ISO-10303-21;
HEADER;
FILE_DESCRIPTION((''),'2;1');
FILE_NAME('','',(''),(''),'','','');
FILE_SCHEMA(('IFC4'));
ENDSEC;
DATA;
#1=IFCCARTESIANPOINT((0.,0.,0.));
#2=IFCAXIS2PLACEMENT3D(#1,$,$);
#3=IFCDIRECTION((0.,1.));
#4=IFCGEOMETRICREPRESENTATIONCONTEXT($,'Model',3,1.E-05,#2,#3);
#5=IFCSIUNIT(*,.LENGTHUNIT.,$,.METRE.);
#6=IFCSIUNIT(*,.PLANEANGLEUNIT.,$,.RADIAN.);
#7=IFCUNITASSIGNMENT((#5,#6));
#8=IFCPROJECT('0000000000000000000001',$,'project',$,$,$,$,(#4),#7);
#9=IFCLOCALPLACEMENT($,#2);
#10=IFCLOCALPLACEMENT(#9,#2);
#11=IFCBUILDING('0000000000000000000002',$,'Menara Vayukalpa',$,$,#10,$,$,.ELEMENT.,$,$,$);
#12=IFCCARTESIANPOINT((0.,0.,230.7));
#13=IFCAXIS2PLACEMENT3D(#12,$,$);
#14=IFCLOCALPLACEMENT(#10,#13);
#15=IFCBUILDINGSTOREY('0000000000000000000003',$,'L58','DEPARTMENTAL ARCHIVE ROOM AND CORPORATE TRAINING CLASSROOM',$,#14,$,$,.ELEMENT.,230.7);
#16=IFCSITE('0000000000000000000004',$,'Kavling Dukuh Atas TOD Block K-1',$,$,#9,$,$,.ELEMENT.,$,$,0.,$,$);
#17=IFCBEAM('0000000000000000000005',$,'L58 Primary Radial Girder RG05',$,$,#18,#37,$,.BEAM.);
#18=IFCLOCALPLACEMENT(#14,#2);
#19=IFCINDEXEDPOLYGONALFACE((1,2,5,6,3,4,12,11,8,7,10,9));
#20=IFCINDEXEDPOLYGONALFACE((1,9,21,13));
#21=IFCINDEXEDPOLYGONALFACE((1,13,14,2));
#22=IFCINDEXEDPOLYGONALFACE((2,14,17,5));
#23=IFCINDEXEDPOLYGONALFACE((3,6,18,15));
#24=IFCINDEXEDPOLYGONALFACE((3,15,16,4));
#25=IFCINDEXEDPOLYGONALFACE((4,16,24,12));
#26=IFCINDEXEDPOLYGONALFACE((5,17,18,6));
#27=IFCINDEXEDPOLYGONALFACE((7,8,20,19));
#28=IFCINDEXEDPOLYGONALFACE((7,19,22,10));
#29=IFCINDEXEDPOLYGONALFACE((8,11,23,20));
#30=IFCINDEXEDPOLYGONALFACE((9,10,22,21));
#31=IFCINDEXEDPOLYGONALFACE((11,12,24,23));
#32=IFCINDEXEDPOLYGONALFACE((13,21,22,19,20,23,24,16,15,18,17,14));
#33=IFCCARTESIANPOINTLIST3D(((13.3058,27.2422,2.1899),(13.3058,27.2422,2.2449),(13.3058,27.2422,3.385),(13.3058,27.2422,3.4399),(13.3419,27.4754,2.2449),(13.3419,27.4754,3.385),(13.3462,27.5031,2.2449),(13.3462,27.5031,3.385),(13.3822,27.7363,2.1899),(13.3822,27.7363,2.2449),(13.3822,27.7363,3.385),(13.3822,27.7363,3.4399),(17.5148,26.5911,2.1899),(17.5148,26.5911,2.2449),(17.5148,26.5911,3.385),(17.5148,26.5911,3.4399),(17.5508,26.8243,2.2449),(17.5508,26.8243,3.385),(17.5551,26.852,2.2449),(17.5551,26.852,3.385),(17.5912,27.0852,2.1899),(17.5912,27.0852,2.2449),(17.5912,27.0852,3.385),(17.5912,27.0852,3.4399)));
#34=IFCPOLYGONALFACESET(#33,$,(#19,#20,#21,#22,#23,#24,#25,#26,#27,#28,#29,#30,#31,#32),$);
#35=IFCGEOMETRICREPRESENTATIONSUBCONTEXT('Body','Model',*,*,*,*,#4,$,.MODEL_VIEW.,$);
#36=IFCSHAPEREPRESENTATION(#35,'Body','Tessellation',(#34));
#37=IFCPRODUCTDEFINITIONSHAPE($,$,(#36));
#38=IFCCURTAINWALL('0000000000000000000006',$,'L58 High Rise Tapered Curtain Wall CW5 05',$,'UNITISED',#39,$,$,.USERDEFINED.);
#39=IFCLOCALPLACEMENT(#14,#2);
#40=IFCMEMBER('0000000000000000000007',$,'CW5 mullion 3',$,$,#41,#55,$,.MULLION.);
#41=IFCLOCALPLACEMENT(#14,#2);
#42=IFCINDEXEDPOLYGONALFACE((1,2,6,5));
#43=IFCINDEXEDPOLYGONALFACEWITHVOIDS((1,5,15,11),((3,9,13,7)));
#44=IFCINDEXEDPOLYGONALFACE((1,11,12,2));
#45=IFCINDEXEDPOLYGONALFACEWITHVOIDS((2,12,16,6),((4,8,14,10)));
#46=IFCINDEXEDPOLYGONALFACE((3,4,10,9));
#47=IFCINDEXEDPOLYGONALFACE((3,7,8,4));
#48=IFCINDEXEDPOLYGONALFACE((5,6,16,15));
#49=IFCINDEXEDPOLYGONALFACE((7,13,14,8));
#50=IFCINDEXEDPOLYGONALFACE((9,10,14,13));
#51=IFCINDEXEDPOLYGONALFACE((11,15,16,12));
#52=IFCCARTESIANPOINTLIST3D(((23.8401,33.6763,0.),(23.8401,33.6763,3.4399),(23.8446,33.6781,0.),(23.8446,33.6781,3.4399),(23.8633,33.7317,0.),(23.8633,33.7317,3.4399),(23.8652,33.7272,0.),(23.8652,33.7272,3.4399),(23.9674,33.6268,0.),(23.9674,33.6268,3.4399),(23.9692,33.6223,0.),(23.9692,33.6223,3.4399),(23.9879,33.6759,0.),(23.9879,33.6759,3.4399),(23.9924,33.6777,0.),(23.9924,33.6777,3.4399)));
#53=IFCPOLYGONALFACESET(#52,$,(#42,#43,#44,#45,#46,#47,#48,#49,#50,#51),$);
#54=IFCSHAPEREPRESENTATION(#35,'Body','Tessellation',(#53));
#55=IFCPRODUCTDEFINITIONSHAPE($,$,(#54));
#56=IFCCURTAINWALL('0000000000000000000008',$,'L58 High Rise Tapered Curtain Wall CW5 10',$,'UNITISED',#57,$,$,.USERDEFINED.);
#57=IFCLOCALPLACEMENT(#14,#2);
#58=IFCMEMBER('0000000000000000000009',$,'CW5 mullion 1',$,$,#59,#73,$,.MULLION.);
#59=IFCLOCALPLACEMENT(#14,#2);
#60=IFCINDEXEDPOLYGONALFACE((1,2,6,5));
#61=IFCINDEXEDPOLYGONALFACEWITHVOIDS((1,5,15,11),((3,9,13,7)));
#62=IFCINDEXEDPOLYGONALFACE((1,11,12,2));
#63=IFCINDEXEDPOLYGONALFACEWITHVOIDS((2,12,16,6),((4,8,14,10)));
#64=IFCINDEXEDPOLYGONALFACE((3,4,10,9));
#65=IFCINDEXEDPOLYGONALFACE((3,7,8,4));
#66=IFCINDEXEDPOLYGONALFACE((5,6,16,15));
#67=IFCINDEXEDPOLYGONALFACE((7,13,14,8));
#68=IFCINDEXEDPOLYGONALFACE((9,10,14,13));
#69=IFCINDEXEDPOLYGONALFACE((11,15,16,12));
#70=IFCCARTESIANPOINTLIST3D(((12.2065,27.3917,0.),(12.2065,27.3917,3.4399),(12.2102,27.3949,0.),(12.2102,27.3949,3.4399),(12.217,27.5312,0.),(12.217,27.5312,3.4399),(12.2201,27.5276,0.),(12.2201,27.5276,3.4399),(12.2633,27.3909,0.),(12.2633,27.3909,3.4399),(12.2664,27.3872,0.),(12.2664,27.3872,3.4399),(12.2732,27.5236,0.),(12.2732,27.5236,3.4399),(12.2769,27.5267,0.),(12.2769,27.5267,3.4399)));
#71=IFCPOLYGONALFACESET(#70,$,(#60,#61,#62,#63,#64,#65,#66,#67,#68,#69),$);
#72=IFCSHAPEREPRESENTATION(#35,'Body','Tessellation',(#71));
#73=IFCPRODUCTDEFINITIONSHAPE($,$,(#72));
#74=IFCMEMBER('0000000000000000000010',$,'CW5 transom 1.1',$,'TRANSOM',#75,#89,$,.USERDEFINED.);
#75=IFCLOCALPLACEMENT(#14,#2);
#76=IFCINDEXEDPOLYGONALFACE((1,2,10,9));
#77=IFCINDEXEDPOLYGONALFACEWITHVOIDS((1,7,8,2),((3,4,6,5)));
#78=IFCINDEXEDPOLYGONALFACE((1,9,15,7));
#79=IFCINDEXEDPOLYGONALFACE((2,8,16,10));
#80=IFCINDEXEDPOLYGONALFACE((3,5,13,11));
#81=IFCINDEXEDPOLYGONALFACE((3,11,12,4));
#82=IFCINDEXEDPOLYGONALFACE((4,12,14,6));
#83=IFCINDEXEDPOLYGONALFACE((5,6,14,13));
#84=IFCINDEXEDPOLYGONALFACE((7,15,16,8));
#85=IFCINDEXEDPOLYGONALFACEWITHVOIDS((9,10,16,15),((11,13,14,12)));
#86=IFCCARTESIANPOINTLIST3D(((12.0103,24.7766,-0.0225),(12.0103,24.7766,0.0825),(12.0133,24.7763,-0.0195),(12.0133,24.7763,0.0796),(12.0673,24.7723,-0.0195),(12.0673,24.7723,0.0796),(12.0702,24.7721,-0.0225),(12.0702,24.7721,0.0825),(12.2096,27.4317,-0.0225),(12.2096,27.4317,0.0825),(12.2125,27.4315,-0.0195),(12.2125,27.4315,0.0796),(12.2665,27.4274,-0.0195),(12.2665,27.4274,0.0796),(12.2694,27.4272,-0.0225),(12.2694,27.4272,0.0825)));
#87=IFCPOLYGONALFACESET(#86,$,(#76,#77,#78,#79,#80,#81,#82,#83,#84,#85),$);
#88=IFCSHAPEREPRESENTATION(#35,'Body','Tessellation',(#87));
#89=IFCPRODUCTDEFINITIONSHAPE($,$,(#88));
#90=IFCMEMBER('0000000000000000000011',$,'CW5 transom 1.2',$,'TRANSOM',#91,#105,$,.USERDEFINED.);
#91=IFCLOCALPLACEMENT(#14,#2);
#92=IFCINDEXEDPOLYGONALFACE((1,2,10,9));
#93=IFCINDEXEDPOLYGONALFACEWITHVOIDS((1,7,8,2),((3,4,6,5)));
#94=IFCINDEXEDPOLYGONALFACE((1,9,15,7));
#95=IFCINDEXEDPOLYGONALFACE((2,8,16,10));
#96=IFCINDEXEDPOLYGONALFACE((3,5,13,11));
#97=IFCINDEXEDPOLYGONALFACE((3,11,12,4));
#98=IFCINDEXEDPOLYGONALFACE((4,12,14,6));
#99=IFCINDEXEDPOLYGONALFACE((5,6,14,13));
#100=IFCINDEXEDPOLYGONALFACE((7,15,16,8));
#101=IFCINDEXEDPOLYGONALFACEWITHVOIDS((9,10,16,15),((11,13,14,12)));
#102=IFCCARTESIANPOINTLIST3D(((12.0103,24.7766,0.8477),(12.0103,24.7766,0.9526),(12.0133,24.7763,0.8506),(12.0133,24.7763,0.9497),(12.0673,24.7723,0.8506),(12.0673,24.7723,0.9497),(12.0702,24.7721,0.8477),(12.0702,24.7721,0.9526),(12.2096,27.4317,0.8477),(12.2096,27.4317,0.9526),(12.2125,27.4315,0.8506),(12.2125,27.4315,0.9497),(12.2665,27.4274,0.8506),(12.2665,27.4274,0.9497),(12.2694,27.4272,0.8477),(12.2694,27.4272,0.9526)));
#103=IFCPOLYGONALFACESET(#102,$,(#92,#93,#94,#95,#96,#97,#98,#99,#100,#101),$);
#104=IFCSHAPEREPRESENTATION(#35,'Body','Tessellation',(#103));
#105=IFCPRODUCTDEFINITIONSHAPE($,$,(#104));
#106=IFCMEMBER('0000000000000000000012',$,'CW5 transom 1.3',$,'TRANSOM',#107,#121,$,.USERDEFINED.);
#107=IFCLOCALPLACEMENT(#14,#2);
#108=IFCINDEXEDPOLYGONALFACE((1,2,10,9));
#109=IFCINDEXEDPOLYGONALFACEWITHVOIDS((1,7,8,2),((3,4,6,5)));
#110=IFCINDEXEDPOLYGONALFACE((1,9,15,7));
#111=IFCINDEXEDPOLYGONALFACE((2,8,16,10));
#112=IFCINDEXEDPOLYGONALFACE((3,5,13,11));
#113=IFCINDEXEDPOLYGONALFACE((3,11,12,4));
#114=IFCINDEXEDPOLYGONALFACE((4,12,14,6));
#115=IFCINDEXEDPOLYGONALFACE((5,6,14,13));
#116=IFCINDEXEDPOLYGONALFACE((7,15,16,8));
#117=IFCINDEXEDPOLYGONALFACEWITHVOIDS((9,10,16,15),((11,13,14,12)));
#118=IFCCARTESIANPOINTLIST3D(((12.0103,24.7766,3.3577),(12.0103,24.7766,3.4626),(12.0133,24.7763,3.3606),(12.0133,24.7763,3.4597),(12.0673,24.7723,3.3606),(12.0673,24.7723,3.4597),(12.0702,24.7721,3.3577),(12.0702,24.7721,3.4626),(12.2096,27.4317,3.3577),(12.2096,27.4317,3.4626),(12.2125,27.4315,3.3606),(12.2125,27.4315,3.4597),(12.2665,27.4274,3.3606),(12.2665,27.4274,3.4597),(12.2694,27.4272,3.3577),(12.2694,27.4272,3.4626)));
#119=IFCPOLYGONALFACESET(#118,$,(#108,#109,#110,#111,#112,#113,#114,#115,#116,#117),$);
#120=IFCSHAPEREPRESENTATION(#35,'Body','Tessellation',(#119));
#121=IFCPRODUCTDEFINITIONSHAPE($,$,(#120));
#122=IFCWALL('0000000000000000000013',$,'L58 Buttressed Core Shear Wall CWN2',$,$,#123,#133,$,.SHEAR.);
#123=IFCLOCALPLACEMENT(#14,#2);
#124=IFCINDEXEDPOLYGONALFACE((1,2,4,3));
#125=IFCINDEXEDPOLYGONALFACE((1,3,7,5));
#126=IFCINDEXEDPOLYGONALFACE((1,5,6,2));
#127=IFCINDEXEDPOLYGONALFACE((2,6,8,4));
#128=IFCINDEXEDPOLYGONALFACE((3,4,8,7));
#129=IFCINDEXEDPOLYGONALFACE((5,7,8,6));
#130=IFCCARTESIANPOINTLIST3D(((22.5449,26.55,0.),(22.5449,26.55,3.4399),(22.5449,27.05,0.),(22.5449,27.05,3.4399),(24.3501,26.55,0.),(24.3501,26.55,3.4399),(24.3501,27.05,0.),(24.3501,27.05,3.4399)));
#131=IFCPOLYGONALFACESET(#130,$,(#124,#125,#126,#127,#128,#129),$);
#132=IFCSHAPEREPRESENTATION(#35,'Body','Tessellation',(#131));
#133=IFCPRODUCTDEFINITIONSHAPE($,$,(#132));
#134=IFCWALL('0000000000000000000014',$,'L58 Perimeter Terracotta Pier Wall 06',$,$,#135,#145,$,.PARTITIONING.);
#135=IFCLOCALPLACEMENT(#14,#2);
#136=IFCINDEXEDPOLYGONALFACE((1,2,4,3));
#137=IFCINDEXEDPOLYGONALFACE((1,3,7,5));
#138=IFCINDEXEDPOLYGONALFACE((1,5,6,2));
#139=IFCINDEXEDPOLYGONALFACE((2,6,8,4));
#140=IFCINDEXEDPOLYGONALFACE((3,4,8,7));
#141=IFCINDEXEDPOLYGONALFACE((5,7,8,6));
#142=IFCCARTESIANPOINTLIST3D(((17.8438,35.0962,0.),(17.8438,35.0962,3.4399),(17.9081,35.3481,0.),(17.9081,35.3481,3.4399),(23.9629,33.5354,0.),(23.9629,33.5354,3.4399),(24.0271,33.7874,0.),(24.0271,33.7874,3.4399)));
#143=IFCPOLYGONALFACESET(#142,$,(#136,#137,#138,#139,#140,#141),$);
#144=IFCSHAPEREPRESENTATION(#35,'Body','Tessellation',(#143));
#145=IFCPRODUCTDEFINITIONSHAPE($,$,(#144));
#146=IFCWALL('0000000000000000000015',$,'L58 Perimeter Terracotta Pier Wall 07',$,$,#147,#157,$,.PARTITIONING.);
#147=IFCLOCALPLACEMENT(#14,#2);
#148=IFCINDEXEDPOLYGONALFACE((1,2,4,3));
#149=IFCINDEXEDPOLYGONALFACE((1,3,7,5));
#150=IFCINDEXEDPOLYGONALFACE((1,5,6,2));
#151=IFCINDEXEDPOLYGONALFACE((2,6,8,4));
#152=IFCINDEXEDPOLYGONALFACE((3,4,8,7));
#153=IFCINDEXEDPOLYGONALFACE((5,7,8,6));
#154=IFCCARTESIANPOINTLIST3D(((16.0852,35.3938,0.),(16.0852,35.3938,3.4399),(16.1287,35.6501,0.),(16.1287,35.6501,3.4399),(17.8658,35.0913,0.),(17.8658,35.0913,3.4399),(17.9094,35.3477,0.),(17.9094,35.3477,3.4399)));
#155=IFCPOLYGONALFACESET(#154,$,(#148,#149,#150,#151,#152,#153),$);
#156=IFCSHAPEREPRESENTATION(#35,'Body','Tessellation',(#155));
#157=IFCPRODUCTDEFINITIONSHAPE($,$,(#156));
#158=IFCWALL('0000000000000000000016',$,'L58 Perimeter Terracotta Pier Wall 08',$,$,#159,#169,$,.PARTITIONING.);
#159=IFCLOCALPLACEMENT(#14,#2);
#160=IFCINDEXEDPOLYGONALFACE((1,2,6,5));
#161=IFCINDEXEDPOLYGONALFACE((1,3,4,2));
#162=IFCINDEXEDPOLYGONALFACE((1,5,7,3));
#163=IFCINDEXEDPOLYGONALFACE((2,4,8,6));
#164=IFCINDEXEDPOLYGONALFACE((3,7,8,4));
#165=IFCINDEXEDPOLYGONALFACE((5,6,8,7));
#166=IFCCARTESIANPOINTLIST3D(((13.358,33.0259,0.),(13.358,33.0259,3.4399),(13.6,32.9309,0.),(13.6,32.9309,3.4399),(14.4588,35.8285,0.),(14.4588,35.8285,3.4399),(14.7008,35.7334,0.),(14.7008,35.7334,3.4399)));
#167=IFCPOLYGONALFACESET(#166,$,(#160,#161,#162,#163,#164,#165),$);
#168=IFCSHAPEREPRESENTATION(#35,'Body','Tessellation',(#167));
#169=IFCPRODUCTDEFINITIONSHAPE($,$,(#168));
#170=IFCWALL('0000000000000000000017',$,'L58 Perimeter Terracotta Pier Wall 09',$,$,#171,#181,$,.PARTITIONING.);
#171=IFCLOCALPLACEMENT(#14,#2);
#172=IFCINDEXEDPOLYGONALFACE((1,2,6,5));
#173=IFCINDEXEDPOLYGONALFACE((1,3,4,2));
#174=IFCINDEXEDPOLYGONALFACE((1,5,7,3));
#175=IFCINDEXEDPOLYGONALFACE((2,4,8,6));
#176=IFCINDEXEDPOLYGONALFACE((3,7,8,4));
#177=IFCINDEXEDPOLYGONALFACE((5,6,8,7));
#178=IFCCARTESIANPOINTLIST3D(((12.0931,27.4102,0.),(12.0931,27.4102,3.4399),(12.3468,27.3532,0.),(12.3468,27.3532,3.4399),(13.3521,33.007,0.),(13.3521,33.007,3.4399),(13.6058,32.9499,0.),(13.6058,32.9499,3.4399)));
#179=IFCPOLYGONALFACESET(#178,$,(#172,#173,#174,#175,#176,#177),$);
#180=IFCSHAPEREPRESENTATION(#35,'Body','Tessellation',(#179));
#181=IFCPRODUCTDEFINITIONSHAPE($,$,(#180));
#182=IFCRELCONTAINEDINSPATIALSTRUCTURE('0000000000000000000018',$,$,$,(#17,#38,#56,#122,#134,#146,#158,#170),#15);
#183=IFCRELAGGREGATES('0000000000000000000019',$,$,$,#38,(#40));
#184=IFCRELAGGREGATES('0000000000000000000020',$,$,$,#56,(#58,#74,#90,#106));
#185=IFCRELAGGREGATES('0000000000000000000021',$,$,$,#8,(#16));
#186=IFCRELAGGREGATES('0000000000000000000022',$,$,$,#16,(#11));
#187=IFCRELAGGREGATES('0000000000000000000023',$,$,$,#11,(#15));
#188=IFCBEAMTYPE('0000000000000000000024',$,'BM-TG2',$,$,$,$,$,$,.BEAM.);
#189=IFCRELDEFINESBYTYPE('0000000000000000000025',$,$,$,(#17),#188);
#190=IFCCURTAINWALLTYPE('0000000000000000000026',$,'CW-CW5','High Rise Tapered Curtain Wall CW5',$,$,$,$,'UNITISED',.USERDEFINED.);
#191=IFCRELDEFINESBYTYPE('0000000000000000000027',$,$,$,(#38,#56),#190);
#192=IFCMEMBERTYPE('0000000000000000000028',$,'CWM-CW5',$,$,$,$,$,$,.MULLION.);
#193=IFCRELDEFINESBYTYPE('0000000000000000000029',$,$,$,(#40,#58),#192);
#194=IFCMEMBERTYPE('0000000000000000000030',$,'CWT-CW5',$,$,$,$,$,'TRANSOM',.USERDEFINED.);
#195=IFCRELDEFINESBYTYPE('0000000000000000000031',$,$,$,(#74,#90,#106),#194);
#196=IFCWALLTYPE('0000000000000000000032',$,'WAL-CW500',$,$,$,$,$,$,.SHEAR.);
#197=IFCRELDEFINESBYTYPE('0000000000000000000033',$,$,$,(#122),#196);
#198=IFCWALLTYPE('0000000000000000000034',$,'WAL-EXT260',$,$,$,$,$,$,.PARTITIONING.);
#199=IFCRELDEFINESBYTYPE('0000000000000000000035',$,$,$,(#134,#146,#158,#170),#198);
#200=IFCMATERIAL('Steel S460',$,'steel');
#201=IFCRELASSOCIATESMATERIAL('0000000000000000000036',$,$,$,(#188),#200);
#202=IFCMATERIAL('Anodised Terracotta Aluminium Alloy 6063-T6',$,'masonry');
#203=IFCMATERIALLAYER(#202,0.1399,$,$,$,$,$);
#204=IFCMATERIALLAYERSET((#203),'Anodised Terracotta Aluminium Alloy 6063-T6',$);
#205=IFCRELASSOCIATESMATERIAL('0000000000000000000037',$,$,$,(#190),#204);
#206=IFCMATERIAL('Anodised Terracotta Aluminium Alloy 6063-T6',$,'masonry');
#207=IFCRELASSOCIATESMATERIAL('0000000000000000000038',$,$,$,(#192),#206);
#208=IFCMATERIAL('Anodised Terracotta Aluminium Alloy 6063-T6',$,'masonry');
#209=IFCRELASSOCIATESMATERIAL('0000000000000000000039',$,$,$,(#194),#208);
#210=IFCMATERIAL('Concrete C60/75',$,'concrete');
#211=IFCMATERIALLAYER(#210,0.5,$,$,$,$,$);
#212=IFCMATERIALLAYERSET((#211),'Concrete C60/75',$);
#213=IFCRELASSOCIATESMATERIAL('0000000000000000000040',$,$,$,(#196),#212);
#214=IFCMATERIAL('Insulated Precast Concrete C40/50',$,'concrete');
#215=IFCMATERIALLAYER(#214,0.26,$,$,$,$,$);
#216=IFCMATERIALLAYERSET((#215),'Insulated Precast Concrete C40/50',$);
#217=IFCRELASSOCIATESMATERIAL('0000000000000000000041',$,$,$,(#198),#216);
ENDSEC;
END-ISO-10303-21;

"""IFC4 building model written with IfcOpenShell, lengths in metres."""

from ifc_helpers import new_model, si_unit, direction, frame, frame_2d, origin, origin_2d, place, context, subcontext, project, spatial, rectangle, hollow_rectangle, i_section, extrude, material, layer, layer_set, material_profile, profile_set, type_object, element, aggregate, save


model = new_model("IFC4")

# Units and contexts
model_context = context("Model", 3, precision=1e-05, world=origin(), true_north=direction((0.0, 1.0)))
body_context = subcontext(model_context, "Body", "Model", "MODEL_VIEW")
ifc_project = project(units=[si_unit("LENGTHUNIT", "METRE"), si_unit("PLANEANGLEUNIT", "RADIAN")], contexts=[model_context])

# Site, building, storey
site_placement = place(None, origin())
site = spatial("IfcSite", under=ifc_project, at=site_placement, Name="Kavling Dukuh Atas TOD Block K-1", CompositionType="ELEMENT", RefElevation=0.0)
building_placement = place(site_placement, origin())
building = spatial("IfcBuilding", under=site, at=building_placement, Name="Menara Vayukalpa", CompositionType="ELEMENT")
storey_placement = place(building_placement, frame((0.0, 0.0, 230.7)))
storey = spatial("IfcBuildingStorey", under=building, at=storey_placement, Name="L58", Description="DEPARTMENTAL ARCHIVE ROOM AND CORPORATE TRAINING CLASSROOM", CompositionType="ELEMENT", Elevation=230.7)

# Beam
ifc_material_1 = material(Name="Steel S460", Category="steel")
ifc_material_profile_1 = material_profile(ifc_material_1, i_section(OverallWidth=0.5, OverallDepth=1.25, WebThickness=0.0281, FlangeThickness=0.0549, at=origin_2d()), Name="WG 1250x500x28x55")
ifc_profile_set_1 = profile_set([ifc_material_profile_1], Name="Steel S460")
beam_type_1 = type_object("IfcBeamType", Name="BM-TG2", PredefinedType="BEAM", material=ifc_profile_set_1)
beam_1_placement = place(storey_placement, frame((17.553, 26.8381, 2.8149), z_axis=(-0.988245, 0.15288, 0.0), x_axis=(-0.15288, -0.988245, 0.0)))
element("IfcBeam", 1, at=beam_1_placement, inside=storey, type_object=beam_type_1, Name="L58 Primary Radial Girder RG05", PredefinedType="BEAM", context=body_context, shape_type="SweptSolid", body=[
    extrude(i_section(OverallWidth=0.5, OverallDepth=1.25, WebThickness=0.0281, FlangeThickness=0.0549, at=origin_2d()), origin(), (0.0, 0.0, 1.0), 4.259),
])

# Curtain wall, member
ifc_material_2 = material(Name="Anodised Terracotta Aluminium Alloy 6063-T6", Category="masonry")
ifc_layer_1 = layer(ifc_material_2, 0.1399)
ifc_layer_set_1 = layer_set([ifc_layer_1], Name="Anodised Terracotta Aluminium Alloy 6063-T6")
curtain_wall_type = type_object("IfcCurtainWallType", Name="CW-CW5", Description="High Rise Tapered Curtain Wall CW5", ElementType="UNITISED", PredefinedType="USERDEFINED", material=ifc_layer_set_1)
curtain_wall_1_placement = place(storey_placement, origin())
curtain_wall_1 = element("IfcCurtainWall", 2, at=curtain_wall_1_placement, inside=storey, type_object=curtain_wall_type, Name="L58 High Rise Tapered Curtain Wall CW5 05", ObjectType="UNITISED", PredefinedType="USERDEFINED")
ifc_material_3 = material(Name="Anodised Terracotta Aluminium Alloy 6063-T6", Category="masonry")
ifc_material_profile_2 = material_profile(ifc_material_3, hollow_rectangle(XDim=0.0601, YDim=0.1399, WallThickness=0.0034, at=origin_2d()), Name="ALU 60x140x3.5")
ifc_profile_set_2 = profile_set([ifc_material_profile_2], Name="Anodised Terracotta Aluminium Alloy 6063-T6")
member_type_1 = type_object("IfcMemberType", Name="CWM-CW5", PredefinedType="MULLION", material=ifc_profile_set_2)
member_1_placement = place(storey_placement, frame((23.9163, 33.677, 0.0), z_axis=(0.0, 0.0, 1.0), x_axis=(-0.385903, -0.922539, 0.0)))
member_1 = element("IfcMember", 3, at=member_1_placement, type_object=member_type_1, Name="CW5 mullion 3", PredefinedType="MULLION", context=body_context, shape_type="SweptSolid", body=[
    extrude(hollow_rectangle(XDim=0.0601, YDim=0.1399, WallThickness=0.0034, at=origin_2d()), origin(), (0.0, 0.0, 1.0), 3.4399),
])
aggregate(curtain_wall_1, [member_1])

# Curtain wall, members
curtain_wall_2_placement = place(storey_placement, origin())
curtain_wall_2 = element("IfcCurtainWall", 4, at=curtain_wall_2_placement, inside=storey, type_object=curtain_wall_type, Name="L58 High Rise Tapered Curtain Wall CW5 10", ObjectType="UNITISED", PredefinedType="USERDEFINED")
member_2_placement = place(storey_placement, frame((12.2417, 27.4592, 0.0), z_axis=(0.0, 0.0, 1.0), x_axis=(0.997199, -0.074792, 0.0)))
member_2 = element("IfcMember", 5, at=member_2_placement, type_object=member_type_1, Name="CW5 mullion 1", PredefinedType="MULLION", context=body_context, shape_type="SweptSolid", body=[
    extrude(hollow_rectangle(XDim=0.0601, YDim=0.1399, WallThickness=0.0034, at=origin_2d()), origin(), (0.0, 0.0, 1.0), 3.4399),
])
ifc_material_4 = material(Name="Anodised Terracotta Aluminium Alloy 6063-T6", Category="masonry")
ifc_material_profile_3 = material_profile(ifc_material_4, hollow_rectangle(XDim=0.0601, YDim=0.105, WallThickness=0.0029, at=origin_2d()), Name="ALU 60x105x3")
ifc_profile_set_3 = profile_set([ifc_material_profile_3], Name="Anodised Terracotta Aluminium Alloy 6063-T6")
member_type_2 = type_object("IfcMemberType", Name="CWT-CW5", ElementType="TRANSOM", PredefinedType="USERDEFINED", material=ifc_profile_set_3)
member_3_placement = place(storey_placement, frame((12.2395, 27.4294, 0.03), z_axis=(-0.074824, -0.997197, 0.0), x_axis=(0.997197, -0.074824, 0.0)))
member_3 = element("IfcMember", 6, at=member_3_placement, type_object=member_type_2, Name="CW5 transom 1.1", ObjectType="TRANSOM", PredefinedType="USERDEFINED", context=body_context, shape_type="SweptSolid", body=[
    extrude(hollow_rectangle(XDim=0.0601, YDim=0.105, WallThickness=0.0029, at=origin_2d()), origin(), (0.0, 0.0, 1.0), 2.6626),
])
member_4_placement = place(storey_placement, frame((12.2395, 27.4294, 0.9001), z_axis=(-0.074824, -0.997197, 0.0), x_axis=(0.997197, -0.074824, 0.0)))
member_4 = element("IfcMember", 7, at=member_4_placement, type_object=member_type_2, Name="CW5 transom 1.2", ObjectType="TRANSOM", PredefinedType="USERDEFINED", context=body_context, shape_type="SweptSolid", body=[
    extrude(hollow_rectangle(XDim=0.0601, YDim=0.105, WallThickness=0.0029, at=origin_2d()), origin(), (0.0, 0.0, 1.0), 2.6626),
])
member_5_placement = place(storey_placement, frame((12.2395, 27.4294, 3.4102), z_axis=(-0.074824, -0.997197, 0.0), x_axis=(0.997197, -0.074824, 0.0)))
member_5 = element("IfcMember", 8, at=member_5_placement, type_object=member_type_2, Name="CW5 transom 1.3", ObjectType="TRANSOM", PredefinedType="USERDEFINED", context=body_context, shape_type="SweptSolid", body=[
    extrude(hollow_rectangle(XDim=0.0601, YDim=0.105, WallThickness=0.0029, at=origin_2d()), origin(), (0.0, 0.0, 1.0), 2.6626),
])
aggregate(curtain_wall_2, [member_2, member_3, member_4, member_5])

# Walls
ifc_material_5 = material(Name="Concrete C60/75", Category="concrete")
ifc_layer_2 = layer(ifc_material_5, 0.5)
ifc_layer_set_2 = layer_set([ifc_layer_2], Name="Concrete C60/75")
wall_type_1 = type_object("IfcWallType", Name="WAL-CW500", PredefinedType="SHEAR", material=ifc_layer_set_2)
wall_1_placement = place(storey_placement, frame((22.5449, 26.8, 0.0), z_axis=(0.0, 0.0, 1.0), x_axis=(1.0, 0.0, 0.0)))
element("IfcWall", 9, at=wall_1_placement, inside=storey, type_object=wall_type_1, Name="L58 Buttressed Core Shear Wall CWN2", PredefinedType="SHEAR", context=body_context, shape_type="SweptSolid", body=[
    extrude(rectangle(XDim=1.8052, YDim=0.5, at=frame_2d((0.9026, 0.0))), origin(), (0.0, 0.0, 1.0), 3.4399),
])
ifc_material_6 = material(Name="Insulated Precast Concrete C40/50", Category="concrete")
ifc_layer_3 = layer(ifc_material_6, 0.26)
ifc_layer_set_3 = layer_set([ifc_layer_3], Name="Insulated Precast Concrete C40/50")
wall_type_2 = type_object("IfcWallType", Name="WAL-EXT260", PredefinedType="PARTITIONING", material=ifc_layer_set_3)
wall_2_placement = place(storey_placement, frame((17.876, 35.2222, 0.0), z_axis=(0.0, 0.0, 1.0), x_axis=(0.968976, -0.247154, 0.0)))
element("IfcWall", 10, at=wall_2_placement, inside=storey, type_object=wall_type_2, Name="L58 Perimeter Terracotta Pier Wall 06", PredefinedType="PARTITIONING", context=body_context, shape_type="SweptSolid", body=[
    extrude(rectangle(XDim=6.3149, YDim=0.26, at=frame_2d((3.1575, 0.0))), origin(), (0.0, 0.0, 1.0), 3.4399),
])
wall_3_placement = place(storey_placement, frame((16.1069, 35.522, 0.0), z_axis=(0.0, 0.0, 1.0), x_axis=(0.985878, -0.167467, 0.0)))
element("IfcWall", 11, at=wall_3_placement, inside=storey, type_object=wall_type_2, Name="L58 Perimeter Terracotta Pier Wall 07", PredefinedType="PARTITIONING", context=body_context, shape_type="SweptSolid", body=[
    extrude(rectangle(XDim=1.8062, YDim=0.26, at=frame_2d((0.9031, 0.0))), origin(), (0.0, 0.0, 1.0), 3.4399),
])
wall_4_placement = place(storey_placement, frame((13.479, 32.9785, 0.0), z_axis=(0.0, 0.0, 1.0), x_axis=(0.36561, 0.930768, 0.0)))
element("IfcWall", 12, at=wall_4_placement, inside=storey, type_object=wall_type_2, Name="L58 Perimeter Terracotta Pier Wall 08", PredefinedType="PARTITIONING", context=body_context, shape_type="SweptSolid", body=[
    extrude(rectangle(XDim=3.011, YDim=0.26, at=frame_2d((1.5054, 0.0))), origin(), (0.0, 0.0, 1.0), 3.4399),
])
wall_5_placement = place(storey_placement, frame((12.22, 27.3818, 0.0), z_axis=(0.0, 0.0, 1.0), x_axis=(0.219476, 0.975618, 0.0)))
element("IfcWall", 13, at=wall_5_placement, inside=storey, type_object=wall_type_2, Name="L58 Perimeter Terracotta Pier Wall 09", PredefinedType="PARTITIONING", context=body_context, shape_type="SweptSolid", body=[
    extrude(rectangle(XDim=5.7366, YDim=0.26, at=frame_2d((2.8682, 0.0))), origin(), (0.0, 0.0, 1.0), 3.4399),
])

save(model, "model.ifc")
